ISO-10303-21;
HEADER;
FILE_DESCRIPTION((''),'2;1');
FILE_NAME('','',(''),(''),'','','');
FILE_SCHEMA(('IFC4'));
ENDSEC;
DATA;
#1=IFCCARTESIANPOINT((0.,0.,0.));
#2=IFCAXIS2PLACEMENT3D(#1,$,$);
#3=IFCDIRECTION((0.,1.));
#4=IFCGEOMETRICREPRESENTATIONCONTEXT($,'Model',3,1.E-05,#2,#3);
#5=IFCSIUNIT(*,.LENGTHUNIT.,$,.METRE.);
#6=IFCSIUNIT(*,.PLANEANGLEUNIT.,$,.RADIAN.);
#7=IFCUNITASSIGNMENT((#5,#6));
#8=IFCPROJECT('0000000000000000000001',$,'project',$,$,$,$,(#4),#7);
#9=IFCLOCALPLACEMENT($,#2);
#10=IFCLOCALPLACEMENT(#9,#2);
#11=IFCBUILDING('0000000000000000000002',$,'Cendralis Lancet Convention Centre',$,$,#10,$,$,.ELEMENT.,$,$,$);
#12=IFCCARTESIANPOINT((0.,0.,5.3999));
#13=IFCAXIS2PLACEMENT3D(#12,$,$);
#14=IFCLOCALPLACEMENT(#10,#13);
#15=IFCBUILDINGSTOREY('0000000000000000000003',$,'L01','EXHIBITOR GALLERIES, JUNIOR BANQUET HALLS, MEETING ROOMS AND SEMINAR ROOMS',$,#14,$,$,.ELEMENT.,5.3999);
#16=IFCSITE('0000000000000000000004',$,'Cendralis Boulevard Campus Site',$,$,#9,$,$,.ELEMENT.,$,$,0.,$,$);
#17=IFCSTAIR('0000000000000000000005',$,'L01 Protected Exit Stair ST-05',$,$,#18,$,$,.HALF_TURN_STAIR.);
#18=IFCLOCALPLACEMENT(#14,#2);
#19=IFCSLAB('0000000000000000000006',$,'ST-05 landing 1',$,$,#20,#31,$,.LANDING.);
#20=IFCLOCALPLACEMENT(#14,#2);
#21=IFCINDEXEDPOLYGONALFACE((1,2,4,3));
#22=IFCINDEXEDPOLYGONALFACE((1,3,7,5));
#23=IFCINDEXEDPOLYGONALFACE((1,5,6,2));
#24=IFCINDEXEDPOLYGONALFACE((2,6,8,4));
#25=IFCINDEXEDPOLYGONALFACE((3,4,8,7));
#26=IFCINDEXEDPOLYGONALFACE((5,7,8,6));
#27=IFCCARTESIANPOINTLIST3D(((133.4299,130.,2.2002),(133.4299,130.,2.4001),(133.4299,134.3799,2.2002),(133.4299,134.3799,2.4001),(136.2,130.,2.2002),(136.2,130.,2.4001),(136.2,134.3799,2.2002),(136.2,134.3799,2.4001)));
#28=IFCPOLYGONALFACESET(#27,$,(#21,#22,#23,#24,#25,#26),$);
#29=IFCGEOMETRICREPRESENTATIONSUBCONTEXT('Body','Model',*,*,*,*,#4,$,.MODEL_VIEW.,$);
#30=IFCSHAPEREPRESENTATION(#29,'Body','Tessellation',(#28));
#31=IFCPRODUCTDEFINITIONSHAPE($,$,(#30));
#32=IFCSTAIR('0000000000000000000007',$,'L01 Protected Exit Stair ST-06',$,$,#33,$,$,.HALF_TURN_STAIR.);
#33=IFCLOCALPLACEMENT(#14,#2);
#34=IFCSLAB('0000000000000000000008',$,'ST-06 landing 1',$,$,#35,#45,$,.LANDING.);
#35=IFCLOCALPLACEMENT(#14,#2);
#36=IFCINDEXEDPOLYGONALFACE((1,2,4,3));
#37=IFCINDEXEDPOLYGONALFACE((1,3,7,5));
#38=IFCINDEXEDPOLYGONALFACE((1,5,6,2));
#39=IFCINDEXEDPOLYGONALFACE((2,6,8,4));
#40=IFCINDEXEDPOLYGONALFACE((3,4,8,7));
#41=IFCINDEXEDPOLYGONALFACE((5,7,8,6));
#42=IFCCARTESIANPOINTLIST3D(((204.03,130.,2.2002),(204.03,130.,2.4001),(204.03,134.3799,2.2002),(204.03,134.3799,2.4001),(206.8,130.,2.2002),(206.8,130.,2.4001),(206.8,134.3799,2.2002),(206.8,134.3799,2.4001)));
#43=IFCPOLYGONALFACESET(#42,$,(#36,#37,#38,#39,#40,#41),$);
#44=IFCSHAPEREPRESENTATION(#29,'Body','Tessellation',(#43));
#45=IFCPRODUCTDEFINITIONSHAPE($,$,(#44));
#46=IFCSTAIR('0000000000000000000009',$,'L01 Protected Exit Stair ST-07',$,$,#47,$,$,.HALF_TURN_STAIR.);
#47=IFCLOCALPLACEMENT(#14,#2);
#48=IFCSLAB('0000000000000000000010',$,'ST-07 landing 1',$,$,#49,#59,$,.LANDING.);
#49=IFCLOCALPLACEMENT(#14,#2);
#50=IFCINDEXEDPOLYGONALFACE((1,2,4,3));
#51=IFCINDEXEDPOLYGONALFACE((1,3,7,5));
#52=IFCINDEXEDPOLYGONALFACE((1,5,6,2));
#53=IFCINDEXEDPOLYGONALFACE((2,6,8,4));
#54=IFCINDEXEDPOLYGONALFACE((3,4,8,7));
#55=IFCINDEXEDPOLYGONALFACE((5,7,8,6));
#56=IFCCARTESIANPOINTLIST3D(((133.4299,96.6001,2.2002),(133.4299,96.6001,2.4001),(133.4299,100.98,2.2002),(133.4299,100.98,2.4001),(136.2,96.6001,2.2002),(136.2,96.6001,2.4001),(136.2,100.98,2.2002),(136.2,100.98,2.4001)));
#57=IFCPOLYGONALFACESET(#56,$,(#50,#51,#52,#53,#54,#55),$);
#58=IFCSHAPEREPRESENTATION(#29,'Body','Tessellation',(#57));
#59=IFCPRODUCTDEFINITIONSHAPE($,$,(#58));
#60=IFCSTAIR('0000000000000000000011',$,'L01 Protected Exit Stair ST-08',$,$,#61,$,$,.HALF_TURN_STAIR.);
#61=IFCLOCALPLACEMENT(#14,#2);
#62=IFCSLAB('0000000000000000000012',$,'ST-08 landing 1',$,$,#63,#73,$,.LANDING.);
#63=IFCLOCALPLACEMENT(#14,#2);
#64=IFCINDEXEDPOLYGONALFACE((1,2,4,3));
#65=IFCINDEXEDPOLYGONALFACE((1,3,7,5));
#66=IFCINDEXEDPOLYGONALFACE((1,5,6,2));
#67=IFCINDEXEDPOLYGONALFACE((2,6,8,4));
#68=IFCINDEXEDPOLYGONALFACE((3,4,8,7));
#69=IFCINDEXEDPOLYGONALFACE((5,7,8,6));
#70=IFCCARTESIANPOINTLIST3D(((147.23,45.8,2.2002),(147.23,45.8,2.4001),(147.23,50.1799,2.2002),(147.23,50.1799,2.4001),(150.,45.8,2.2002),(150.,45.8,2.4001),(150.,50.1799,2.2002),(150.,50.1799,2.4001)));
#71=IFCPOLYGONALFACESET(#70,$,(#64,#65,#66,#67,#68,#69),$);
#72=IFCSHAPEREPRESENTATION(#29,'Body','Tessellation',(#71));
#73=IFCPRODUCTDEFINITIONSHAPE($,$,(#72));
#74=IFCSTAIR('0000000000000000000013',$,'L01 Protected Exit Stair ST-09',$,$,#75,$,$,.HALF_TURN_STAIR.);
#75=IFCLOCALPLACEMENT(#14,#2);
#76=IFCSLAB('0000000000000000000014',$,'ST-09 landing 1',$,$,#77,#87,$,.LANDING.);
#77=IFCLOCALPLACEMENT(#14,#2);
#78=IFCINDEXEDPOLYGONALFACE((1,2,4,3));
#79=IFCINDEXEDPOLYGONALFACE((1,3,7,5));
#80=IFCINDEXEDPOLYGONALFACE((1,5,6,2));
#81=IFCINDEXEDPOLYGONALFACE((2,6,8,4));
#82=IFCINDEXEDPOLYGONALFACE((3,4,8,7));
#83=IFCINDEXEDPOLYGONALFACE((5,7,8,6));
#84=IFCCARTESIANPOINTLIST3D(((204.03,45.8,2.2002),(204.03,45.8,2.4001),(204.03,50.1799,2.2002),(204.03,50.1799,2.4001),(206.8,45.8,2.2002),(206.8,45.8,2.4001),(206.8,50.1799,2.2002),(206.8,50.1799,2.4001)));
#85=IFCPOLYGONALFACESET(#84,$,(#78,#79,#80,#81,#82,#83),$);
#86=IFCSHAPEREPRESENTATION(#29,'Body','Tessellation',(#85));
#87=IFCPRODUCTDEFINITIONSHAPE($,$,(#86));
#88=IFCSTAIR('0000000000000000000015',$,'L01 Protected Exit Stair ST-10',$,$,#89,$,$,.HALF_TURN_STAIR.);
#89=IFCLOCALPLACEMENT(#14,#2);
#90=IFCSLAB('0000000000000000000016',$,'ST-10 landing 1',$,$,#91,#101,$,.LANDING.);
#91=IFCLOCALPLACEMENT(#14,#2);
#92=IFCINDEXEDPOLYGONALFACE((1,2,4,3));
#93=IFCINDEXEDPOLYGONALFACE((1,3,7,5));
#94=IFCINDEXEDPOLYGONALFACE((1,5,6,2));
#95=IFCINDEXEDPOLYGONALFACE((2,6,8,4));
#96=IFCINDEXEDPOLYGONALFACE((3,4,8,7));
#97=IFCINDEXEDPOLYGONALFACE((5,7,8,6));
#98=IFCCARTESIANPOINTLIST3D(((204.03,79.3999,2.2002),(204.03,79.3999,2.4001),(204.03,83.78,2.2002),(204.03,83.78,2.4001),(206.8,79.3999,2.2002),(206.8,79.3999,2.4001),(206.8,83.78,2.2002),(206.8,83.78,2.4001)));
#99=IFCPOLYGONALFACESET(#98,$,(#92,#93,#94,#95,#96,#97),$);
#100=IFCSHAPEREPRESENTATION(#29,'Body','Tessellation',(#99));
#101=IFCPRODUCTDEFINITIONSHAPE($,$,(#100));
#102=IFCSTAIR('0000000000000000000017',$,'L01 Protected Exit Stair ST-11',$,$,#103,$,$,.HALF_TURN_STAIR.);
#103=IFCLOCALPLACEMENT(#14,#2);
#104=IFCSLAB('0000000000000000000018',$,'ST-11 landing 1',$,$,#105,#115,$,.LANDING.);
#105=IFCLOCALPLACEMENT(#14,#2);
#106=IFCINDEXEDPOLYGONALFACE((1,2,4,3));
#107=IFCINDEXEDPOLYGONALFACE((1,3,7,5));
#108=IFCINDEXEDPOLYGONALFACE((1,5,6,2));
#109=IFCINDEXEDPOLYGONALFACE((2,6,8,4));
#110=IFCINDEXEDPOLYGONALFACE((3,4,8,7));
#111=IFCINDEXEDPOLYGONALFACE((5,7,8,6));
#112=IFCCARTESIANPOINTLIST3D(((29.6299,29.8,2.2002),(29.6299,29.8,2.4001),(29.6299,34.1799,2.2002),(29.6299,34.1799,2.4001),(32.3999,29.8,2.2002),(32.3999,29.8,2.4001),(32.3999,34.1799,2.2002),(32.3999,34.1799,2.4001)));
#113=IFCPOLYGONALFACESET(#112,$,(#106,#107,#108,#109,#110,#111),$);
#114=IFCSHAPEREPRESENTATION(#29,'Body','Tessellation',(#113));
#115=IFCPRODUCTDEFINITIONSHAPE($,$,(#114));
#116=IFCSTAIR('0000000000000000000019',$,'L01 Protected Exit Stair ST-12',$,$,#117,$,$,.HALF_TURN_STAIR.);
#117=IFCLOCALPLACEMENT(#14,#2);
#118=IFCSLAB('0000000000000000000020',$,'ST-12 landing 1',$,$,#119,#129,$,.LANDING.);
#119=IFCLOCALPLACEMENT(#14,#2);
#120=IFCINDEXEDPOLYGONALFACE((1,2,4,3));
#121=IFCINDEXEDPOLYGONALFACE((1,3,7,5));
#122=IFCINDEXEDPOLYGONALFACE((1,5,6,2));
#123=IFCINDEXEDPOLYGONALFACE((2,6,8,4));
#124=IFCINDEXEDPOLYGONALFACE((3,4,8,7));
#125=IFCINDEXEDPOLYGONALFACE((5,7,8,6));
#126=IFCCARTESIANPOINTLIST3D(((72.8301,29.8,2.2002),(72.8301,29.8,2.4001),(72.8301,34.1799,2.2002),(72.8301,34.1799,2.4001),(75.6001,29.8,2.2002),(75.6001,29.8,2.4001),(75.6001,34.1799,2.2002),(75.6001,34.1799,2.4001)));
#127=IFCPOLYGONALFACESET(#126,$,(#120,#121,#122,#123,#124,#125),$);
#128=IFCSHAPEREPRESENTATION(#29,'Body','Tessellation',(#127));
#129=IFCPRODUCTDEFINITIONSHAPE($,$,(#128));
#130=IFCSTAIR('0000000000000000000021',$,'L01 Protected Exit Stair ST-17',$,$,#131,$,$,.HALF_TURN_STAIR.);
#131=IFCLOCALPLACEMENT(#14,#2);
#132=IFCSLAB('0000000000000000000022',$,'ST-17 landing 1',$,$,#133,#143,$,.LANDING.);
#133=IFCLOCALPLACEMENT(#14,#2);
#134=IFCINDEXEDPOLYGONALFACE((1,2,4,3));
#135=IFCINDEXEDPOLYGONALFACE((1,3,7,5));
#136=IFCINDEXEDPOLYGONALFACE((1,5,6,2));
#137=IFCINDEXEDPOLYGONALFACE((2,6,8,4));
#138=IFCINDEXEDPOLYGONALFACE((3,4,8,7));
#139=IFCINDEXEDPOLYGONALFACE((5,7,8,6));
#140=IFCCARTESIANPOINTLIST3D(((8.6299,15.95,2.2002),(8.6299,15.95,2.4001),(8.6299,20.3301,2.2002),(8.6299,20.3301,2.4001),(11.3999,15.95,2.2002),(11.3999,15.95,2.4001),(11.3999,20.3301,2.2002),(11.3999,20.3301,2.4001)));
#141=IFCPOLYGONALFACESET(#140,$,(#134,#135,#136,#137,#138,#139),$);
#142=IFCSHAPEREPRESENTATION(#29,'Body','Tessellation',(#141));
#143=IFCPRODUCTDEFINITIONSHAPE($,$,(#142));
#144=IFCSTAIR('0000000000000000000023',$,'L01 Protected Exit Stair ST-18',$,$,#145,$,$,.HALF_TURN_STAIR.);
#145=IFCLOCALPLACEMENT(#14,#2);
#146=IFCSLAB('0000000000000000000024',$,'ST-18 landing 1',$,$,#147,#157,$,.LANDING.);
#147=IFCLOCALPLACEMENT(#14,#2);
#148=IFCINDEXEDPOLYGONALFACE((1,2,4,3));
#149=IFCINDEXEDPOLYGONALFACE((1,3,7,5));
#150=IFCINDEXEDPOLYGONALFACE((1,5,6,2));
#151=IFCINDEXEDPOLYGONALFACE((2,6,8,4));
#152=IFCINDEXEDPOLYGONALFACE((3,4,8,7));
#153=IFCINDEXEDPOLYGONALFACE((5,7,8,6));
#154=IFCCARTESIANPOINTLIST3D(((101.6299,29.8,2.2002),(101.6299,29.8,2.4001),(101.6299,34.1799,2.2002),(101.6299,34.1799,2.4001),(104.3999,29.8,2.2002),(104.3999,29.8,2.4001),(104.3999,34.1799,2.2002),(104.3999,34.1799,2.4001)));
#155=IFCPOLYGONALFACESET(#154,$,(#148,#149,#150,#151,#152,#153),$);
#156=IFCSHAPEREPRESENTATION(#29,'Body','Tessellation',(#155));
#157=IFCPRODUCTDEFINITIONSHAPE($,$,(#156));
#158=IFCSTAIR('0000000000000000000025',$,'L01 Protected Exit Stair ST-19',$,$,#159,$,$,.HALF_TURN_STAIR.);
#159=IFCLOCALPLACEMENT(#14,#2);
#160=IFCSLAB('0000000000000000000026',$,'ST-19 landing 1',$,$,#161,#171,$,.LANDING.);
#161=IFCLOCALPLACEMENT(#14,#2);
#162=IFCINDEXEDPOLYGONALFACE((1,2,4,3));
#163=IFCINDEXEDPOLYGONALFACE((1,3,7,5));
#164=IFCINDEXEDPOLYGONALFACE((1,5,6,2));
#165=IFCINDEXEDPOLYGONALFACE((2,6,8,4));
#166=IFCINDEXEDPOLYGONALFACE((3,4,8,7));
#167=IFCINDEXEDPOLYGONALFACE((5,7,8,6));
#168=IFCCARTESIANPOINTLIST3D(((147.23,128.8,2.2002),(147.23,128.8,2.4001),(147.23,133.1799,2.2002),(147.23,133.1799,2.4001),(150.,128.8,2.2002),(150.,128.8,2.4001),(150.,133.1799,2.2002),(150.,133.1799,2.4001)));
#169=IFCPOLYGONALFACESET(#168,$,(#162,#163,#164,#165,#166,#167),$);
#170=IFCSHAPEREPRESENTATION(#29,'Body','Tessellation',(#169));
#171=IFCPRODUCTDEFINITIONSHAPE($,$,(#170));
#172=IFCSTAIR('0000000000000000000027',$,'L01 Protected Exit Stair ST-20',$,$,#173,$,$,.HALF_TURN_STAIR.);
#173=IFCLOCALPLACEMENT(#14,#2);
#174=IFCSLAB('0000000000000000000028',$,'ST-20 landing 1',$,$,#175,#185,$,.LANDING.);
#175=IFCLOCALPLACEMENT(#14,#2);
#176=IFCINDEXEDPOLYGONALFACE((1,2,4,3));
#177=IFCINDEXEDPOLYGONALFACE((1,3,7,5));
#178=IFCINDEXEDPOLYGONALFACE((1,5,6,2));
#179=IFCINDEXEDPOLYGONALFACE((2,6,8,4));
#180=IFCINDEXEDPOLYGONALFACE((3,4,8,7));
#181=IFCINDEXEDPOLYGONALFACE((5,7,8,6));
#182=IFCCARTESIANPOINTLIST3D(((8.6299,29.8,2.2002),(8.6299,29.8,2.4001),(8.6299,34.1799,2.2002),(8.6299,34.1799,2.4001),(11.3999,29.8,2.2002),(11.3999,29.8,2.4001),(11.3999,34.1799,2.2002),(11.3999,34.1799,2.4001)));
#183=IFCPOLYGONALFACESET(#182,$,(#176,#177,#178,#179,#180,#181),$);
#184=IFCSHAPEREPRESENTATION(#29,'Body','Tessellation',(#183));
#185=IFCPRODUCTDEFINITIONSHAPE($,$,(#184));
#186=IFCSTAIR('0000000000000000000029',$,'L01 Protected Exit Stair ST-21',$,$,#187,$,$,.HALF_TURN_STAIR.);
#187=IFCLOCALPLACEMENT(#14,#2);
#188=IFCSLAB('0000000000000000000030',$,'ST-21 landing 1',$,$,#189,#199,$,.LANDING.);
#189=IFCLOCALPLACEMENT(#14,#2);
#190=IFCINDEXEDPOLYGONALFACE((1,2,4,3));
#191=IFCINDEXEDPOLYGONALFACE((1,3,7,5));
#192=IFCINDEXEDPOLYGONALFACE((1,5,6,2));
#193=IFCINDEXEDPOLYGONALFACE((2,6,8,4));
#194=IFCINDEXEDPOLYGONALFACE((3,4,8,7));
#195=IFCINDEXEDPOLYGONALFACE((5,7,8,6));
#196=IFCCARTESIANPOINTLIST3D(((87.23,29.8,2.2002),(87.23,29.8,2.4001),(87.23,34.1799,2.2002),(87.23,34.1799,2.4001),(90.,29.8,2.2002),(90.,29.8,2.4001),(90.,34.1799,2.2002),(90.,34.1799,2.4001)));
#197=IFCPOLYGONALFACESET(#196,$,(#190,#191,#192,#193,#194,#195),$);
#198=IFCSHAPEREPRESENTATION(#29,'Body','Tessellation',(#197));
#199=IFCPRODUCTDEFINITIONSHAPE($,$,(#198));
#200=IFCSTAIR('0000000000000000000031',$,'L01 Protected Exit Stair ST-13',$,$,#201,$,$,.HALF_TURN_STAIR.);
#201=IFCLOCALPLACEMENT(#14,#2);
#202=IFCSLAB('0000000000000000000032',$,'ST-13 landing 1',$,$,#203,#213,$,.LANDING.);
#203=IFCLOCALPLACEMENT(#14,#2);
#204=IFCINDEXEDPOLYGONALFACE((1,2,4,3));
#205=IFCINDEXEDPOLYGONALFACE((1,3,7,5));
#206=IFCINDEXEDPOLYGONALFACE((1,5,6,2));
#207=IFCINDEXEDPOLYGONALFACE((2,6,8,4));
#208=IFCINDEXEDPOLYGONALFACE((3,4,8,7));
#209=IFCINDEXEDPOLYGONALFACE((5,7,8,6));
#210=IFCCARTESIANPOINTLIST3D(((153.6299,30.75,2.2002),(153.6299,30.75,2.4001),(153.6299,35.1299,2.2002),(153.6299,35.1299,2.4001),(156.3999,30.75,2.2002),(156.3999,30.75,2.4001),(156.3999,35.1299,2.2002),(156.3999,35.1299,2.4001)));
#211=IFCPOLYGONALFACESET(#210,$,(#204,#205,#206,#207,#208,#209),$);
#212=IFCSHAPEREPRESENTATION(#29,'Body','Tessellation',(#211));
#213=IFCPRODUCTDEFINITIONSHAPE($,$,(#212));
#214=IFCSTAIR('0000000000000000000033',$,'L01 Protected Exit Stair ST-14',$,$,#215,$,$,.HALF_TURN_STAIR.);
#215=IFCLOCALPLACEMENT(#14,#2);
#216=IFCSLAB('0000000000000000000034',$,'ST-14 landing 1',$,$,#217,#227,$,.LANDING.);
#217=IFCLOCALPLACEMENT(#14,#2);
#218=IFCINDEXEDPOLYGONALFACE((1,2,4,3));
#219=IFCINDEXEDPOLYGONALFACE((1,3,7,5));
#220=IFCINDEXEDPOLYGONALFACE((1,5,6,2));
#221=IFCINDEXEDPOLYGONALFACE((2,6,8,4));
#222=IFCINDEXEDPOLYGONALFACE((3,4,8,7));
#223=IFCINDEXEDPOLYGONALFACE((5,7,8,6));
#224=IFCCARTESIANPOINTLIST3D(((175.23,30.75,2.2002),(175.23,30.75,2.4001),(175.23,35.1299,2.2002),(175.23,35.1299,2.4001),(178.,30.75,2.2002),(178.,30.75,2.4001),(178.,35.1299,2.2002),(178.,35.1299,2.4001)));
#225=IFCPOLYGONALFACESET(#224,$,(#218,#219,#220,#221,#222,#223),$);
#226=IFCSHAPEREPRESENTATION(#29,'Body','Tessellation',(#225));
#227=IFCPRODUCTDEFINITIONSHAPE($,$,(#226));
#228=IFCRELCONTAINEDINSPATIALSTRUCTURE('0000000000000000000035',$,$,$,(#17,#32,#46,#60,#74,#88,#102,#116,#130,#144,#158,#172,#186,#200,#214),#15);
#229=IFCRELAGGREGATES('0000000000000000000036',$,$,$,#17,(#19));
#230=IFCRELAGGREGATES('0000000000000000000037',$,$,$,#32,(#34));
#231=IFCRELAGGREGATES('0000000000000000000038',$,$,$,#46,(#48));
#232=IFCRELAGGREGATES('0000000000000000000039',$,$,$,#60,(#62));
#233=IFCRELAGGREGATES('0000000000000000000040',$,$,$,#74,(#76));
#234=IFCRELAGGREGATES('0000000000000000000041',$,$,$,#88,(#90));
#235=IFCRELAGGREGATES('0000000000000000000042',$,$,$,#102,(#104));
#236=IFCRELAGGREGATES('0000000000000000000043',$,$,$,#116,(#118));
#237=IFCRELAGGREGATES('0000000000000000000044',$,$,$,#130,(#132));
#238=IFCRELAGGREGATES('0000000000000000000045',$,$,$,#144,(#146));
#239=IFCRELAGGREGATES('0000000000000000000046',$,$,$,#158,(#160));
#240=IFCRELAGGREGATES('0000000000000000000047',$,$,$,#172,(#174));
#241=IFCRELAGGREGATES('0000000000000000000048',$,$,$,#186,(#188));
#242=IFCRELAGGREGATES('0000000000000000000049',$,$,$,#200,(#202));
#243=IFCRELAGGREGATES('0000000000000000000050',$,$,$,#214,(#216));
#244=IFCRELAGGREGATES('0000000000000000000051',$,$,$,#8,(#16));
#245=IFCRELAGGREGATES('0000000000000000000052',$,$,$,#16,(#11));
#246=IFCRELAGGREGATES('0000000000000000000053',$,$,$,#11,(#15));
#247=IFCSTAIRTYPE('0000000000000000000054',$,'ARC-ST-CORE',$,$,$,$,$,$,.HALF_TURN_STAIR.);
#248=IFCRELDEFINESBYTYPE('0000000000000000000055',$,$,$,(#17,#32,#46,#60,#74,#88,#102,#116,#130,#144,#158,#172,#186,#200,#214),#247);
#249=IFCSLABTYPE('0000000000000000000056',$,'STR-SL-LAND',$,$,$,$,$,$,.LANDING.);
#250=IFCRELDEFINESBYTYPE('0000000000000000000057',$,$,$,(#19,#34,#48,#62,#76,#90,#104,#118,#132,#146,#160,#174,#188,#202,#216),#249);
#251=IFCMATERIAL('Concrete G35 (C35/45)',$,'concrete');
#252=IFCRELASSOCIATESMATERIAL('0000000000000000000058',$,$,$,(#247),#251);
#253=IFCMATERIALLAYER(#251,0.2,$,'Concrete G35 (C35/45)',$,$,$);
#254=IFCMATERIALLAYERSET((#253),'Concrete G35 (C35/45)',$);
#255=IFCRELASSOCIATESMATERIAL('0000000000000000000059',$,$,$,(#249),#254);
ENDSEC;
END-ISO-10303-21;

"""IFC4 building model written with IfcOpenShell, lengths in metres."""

from ifc_helpers import new_model, si_unit, direction, frame, origin, place, context, subcontext, project, spatial, polyline, outline, extrude, material, layer, layer_set, type_object, element, aggregate, save


model = new_model("IFC4")

# Units and contexts
model_context = context("Model", 3, precision=1e-05, world=origin(), true_north=direction((0.0, 1.0)))
body_context = subcontext(model_context, "Body", "Model", "MODEL_VIEW")
ifc_project = project(units=[si_unit("LENGTHUNIT", "METRE"), si_unit("PLANEANGLEUNIT", "RADIAN")], contexts=[model_context])

# Site, building, storey
site_placement = place(None, origin())
site = spatial("IfcSite", under=ifc_project, at=site_placement, Name="Cendralis Boulevard Campus Site", CompositionType="ELEMENT", RefElevation=0.0)
building_placement = place(site_placement, origin())
building = spatial("IfcBuilding", under=site, at=building_placement, Name="Cendralis Lancet Convention Centre", CompositionType="ELEMENT")
storey_placement = place(building_placement, frame((0.0, 0.0, 5.3999)))
storey = spatial("IfcBuildingStorey", under=building, at=storey_placement, Name="L01", Description="EXHIBITOR GALLERIES, JUNIOR BANQUET HALLS, MEETING ROOMS AND SEMINAR ROOMS", CompositionType="ELEMENT", Elevation=5.3999)

# Stairs, slabs
ifc_material_1 = material(Name="Concrete G35 (C35/45)", Category="concrete")
stair_type = type_object("IfcStairType", Name="ARC-ST-CORE", PredefinedType="HALF_TURN_STAIR", material=ifc_material_1)
stair_1_placement = place(storey_placement, origin())
stair_1 = element("IfcStair", 1, at=stair_1_placement, inside=storey, type_object=stair_type, Name="L01 Protected Exit Stair ST-05", PredefinedType="HALF_TURN_STAIR")
ifc_layer_1 = layer(ifc_material_1, 0.2, Name="Concrete G35 (C35/45)")
ifc_layer_set_1 = layer_set([ifc_layer_1], Name="Concrete G35 (C35/45)")
slab_type = type_object("IfcSlabType", Name="STR-SL-LAND", PredefinedType="LANDING", material=ifc_layer_set_1)
slab_1_placement = place(storey_placement, frame((0.0, 0.0, 2.2002)))
slab_1 = element("IfcSlab", 2, at=slab_1_placement, type_object=slab_type, Name="ST-05 landing 1", PredefinedType="LANDING", context=body_context, shape_type="SweptSolid", body=[
    extrude(outline(polyline([(133.4299, 130.0), (136.2, 130.0), (136.2, 134.3799), (133.4299, 134.3799), (133.4299, 130.0)])), origin(), (0.0, 0.0, 1.0), 0.2),
])
aggregate(stair_1, [slab_1])
stair_2_placement = place(storey_placement, origin())
stair_2 = element("IfcStair", 3, at=stair_2_placement, inside=storey, type_object=stair_type, Name="L01 Protected Exit Stair ST-06", PredefinedType="HALF_TURN_STAIR")
slab_2_placement = place(storey_placement, frame((0.0, 0.0, 2.2002)))
slab_2 = element("IfcSlab", 4, at=slab_2_placement, type_object=slab_type, Name="ST-06 landing 1", PredefinedType="LANDING", context=body_context, shape_type="SweptSolid", body=[
    extrude(outline(polyline([(204.03, 130.0), (206.8, 130.0), (206.8, 134.3799), (204.03, 134.3799), (204.03, 130.0)])), origin(), (0.0, 0.0, 1.0), 0.2),
])
aggregate(stair_2, [slab_2])
stair_3_placement = place(storey_placement, origin())
stair_3 = element("IfcStair", 5, at=stair_3_placement, inside=storey, type_object=stair_type, Name="L01 Protected Exit Stair ST-07", PredefinedType="HALF_TURN_STAIR")
slab_3_placement = place(storey_placement, frame((0.0, 0.0, 2.2002)))
slab_3 = element("IfcSlab", 6, at=slab_3_placement, type_object=slab_type, Name="ST-07 landing 1", PredefinedType="LANDING", context=body_context, shape_type="SweptSolid", body=[
    extrude(outline(polyline([(133.4299, 96.6001), (136.2, 96.6001), (136.2, 100.98), (133.4299, 100.98), (133.4299, 96.6001)])), origin(), (0.0, 0.0, 1.0), 0.2),
])
aggregate(stair_3, [slab_3])
stair_4_placement = place(storey_placement, origin())
stair_4 = element("IfcStair", 7, at=stair_4_placement, inside=storey, type_object=stair_type, Name="L01 Protected Exit Stair ST-08", PredefinedType="HALF_TURN_STAIR")
slab_4_placement = place(storey_placement, frame((0.0, 0.0, 2.2002)))
slab_4 = element("IfcSlab", 8, at=slab_4_placement, type_object=slab_type, Name="ST-08 landing 1", PredefinedType="LANDING", context=body_context, shape_type="SweptSolid", body=[
    extrude(outline(polyline([(147.23, 45.8), (150.0, 45.8), (150.0, 50.1799), (147.23, 50.1799), (147.23, 45.8)])), origin(), (0.0, 0.0, 1.0), 0.2),
])
aggregate(stair_4, [slab_4])
stair_5_placement = place(storey_placement, origin())
stair_5 = element("IfcStair", 9, at=stair_5_placement, inside=storey, type_object=stair_type, Name="L01 Protected Exit Stair ST-09", PredefinedType="HALF_TURN_STAIR")
slab_5_placement = place(storey_placement, frame((0.0, 0.0, 2.2002)))
slab_5 = element("IfcSlab", 10, at=slab_5_placement, type_object=slab_type, Name="ST-09 landing 1", PredefinedType="LANDING", context=body_context, shape_type="SweptSolid", body=[
    extrude(outline(polyline([(204.03, 45.8), (206.8, 45.8), (206.8, 50.1799), (204.03, 50.1799), (204.03, 45.8)])), origin(), (0.0, 0.0, 1.0), 0.2),
])
aggregate(stair_5, [slab_5])
stair_6_placement = place(storey_placement, origin())
stair_6 = element("IfcStair", 11, at=stair_6_placement, inside=storey, type_object=stair_type, Name="L01 Protected Exit Stair ST-10", PredefinedType="HALF_TURN_STAIR")
slab_6_placement = place(storey_placement, frame((0.0, 0.0, 2.2002)))
slab_6 = element("IfcSlab", 12, at=slab_6_placement, type_object=slab_type, Name="ST-10 landing 1", PredefinedType="LANDING", context=body_context, shape_type="SweptSolid", body=[
    extrude(outline(polyline([(204.03, 79.3999), (206.8, 79.3999), (206.8, 83.78), (204.03, 83.78), (204.03, 79.3999)])), origin(), (0.0, 0.0, 1.0), 0.2),
])
aggregate(stair_6, [slab_6])
stair_7_placement = place(storey_placement, origin())
stair_7 = element("IfcStair", 13, at=stair_7_placement, inside=storey, type_object=stair_type, Name="L01 Protected Exit Stair ST-11", PredefinedType="HALF_TURN_STAIR")
slab_7_placement = place(storey_placement, frame((0.0, 0.0, 2.2002)))
slab_7 = element("IfcSlab", 14, at=slab_7_placement, type_object=slab_type, Name="ST-11 landing 1", PredefinedType="LANDING", context=body_context, shape_type="SweptSolid", body=[
    extrude(outline(polyline([(29.6299, 29.8), (32.3999, 29.8), (32.3999, 34.1799), (29.6299, 34.1799), (29.6299, 29.8)])), origin(), (0.0, 0.0, 1.0), 0.2),
])
aggregate(stair_7, [slab_7])
stair_8_placement = place(storey_placement, origin())
stair_8 = element("IfcStair", 15, at=stair_8_placement, inside=storey, type_object=stair_type, Name="L01 Protected Exit Stair ST-12", PredefinedType="HALF_TURN_STAIR")
slab_8_placement = place(storey_placement, frame((0.0, 0.0, 2.2002)))
slab_8 = element("IfcSlab", 16, at=slab_8_placement, type_object=slab_type, Name="ST-12 landing 1", PredefinedType="LANDING", context=body_context, shape_type="SweptSolid", body=[
    extrude(outline(polyline([(72.8301, 29.8), (75.6001, 29.8), (75.6001, 34.1799), (72.8301, 34.1799), (72.8301, 29.8)])), origin(), (0.0, 0.0, 1.0), 0.2),
])
aggregate(stair_8, [slab_8])
stair_9_placement = place(storey_placement, origin())
stair_9 = element("IfcStair", 17, at=stair_9_placement, inside=storey, type_object=stair_type, Name="L01 Protected Exit Stair ST-17", PredefinedType="HALF_TURN_STAIR")
slab_9_placement = place(storey_placement, frame((0.0, 0.0, 2.2002)))
slab_9 = element("IfcSlab", 18, at=slab_9_placement, type_object=slab_type, Name="ST-17 landing 1", PredefinedType="LANDING", context=body_context, shape_type="SweptSolid", body=[
    extrude(outline(polyline([(8.6299, 15.95), (11.3999, 15.95), (11.3999, 20.3301), (8.6299, 20.3301), (8.6299, 15.95)])), origin(), (0.0, 0.0, 1.0), 0.2),
])
aggregate(stair_9, [slab_9])
stair_10_placement = place(storey_placement, origin())
stair_10 = element("IfcStair", 19, at=stair_10_placement, inside=storey, type_object=stair_type, Name="L01 Protected Exit Stair ST-18", PredefinedType="HALF_TURN_STAIR")
slab_10_placement = place(storey_placement, frame((0.0, 0.0, 2.2002)))
slab_10 = element("IfcSlab", 20, at=slab_10_placement, type_object=slab_type, Name="ST-18 landing 1", PredefinedType="LANDING", context=body_context, shape_type="SweptSolid", body=[
    extrude(outline(polyline([(101.6299, 29.8), (104.3999, 29.8), (104.3999, 34.1799), (101.6299, 34.1799), (101.6299, 29.8)])), origin(), (0.0, 0.0, 1.0), 0.2),
])
aggregate(stair_10, [slab_10])
stair_11_placement = place(storey_placement, origin())
stair_11 = element("IfcStair", 21, at=stair_11_placement, inside=storey, type_object=stair_type, Name="L01 Protected Exit Stair ST-19", PredefinedType="HALF_TURN_STAIR")
slab_11_placement = place(storey_placement, frame((0.0, 0.0, 2.2002)))
slab_11 = element("IfcSlab", 22, at=slab_11_placement, type_object=slab_type, Name="ST-19 landing 1", PredefinedType="LANDING", context=body_context, shape_type="SweptSolid", body=[
    extrude(outline(polyline([(147.23, 128.8), (150.0, 128.8), (150.0, 133.1799), (147.23, 133.1799), (147.23, 128.8)])), origin(), (0.0, 0.0, 1.0), 0.2),
])
aggregate(stair_11, [slab_11])
stair_12_placement = place(storey_placement, origin())
stair_12 = element("IfcStair", 23, at=stair_12_placement, inside=storey, type_object=stair_type, Name="L01 Protected Exit Stair ST-20", PredefinedType="HALF_TURN_STAIR")
slab_12_placement = place(storey_placement, frame((0.0, 0.0, 2.2002)))
slab_12 = element("IfcSlab", 24, at=slab_12_placement, type_object=slab_type, Name="ST-20 landing 1", PredefinedType="LANDING", context=body_context, shape_type="SweptSolid", body=[
    extrude(outline(polyline([(8.6299, 29.8), (11.3999, 29.8), (11.3999, 34.1799), (8.6299, 34.1799), (8.6299, 29.8)])), origin(), (0.0, 0.0, 1.0), 0.2),
])
aggregate(stair_12, [slab_12])
stair_13_placement = place(storey_placement, origin())
stair_13 = element("IfcStair", 25, at=stair_13_placement, inside=storey, type_object=stair_type, Name="L01 Protected Exit Stair ST-21", PredefinedType="HALF_TURN_STAIR")
slab_13_placement = place(storey_placement, frame((0.0, 0.0, 2.2002)))
slab_13 = element("IfcSlab", 26, at=slab_13_placement, type_object=slab_type, Name="ST-21 landing 1", PredefinedType="LANDING", context=body_context, shape_type="SweptSolid", body=[
    extrude(outline(polyline([(87.23, 29.8), (90.0, 29.8), (90.0, 34.1799), (87.23, 34.1799), (87.23, 29.8)])), origin(), (0.0, 0.0, 1.0), 0.2),
])
aggregate(stair_13, [slab_13])
stair_14_placement = place(storey_placement, origin())
stair_14 = element("IfcStair", 27, at=stair_14_placement, inside=storey, type_object=stair_type, Name="L01 Protected Exit Stair ST-13", PredefinedType="HALF_TURN_STAIR")
slab_14_placement = place(storey_placement, frame((0.0, 0.0, 2.2002)))
slab_14 = element("IfcSlab", 28, at=slab_14_placement, type_object=slab_type, Name="ST-13 landing 1", PredefinedType="LANDING", context=body_context, shape_type="SweptSolid", body=[
    extrude(outline(polyline([(153.6299, 30.75), (156.3999, 30.75), (156.3999, 35.1299), (153.6299, 35.1299), (153.6299, 30.75)])), origin(), (0.0, 0.0, 1.0), 0.2),
])
aggregate(stair_14, [slab_14])
stair_15_placement = place(storey_placement, origin())
stair_15 = element("IfcStair", 29, at=stair_15_placement, inside=storey, type_object=stair_type, Name="L01 Protected Exit Stair ST-14", PredefinedType="HALF_TURN_STAIR")
slab_15_placement = place(storey_placement, frame((0.0, 0.0, 2.2002)))
slab_15 = element("IfcSlab", 30, at=slab_15_placement, type_object=slab_type, Name="ST-14 landing 1", PredefinedType="LANDING", context=body_context, shape_type="SweptSolid", body=[
    extrude(outline(polyline([(175.23, 30.75), (178.0, 30.75), (178.0, 35.1299), (175.23, 35.1299), (175.23, 30.75)])), origin(), (0.0, 0.0, 1.0), 0.2),
])
aggregate(stair_15, [slab_15])

save(model, "model.ifc")
